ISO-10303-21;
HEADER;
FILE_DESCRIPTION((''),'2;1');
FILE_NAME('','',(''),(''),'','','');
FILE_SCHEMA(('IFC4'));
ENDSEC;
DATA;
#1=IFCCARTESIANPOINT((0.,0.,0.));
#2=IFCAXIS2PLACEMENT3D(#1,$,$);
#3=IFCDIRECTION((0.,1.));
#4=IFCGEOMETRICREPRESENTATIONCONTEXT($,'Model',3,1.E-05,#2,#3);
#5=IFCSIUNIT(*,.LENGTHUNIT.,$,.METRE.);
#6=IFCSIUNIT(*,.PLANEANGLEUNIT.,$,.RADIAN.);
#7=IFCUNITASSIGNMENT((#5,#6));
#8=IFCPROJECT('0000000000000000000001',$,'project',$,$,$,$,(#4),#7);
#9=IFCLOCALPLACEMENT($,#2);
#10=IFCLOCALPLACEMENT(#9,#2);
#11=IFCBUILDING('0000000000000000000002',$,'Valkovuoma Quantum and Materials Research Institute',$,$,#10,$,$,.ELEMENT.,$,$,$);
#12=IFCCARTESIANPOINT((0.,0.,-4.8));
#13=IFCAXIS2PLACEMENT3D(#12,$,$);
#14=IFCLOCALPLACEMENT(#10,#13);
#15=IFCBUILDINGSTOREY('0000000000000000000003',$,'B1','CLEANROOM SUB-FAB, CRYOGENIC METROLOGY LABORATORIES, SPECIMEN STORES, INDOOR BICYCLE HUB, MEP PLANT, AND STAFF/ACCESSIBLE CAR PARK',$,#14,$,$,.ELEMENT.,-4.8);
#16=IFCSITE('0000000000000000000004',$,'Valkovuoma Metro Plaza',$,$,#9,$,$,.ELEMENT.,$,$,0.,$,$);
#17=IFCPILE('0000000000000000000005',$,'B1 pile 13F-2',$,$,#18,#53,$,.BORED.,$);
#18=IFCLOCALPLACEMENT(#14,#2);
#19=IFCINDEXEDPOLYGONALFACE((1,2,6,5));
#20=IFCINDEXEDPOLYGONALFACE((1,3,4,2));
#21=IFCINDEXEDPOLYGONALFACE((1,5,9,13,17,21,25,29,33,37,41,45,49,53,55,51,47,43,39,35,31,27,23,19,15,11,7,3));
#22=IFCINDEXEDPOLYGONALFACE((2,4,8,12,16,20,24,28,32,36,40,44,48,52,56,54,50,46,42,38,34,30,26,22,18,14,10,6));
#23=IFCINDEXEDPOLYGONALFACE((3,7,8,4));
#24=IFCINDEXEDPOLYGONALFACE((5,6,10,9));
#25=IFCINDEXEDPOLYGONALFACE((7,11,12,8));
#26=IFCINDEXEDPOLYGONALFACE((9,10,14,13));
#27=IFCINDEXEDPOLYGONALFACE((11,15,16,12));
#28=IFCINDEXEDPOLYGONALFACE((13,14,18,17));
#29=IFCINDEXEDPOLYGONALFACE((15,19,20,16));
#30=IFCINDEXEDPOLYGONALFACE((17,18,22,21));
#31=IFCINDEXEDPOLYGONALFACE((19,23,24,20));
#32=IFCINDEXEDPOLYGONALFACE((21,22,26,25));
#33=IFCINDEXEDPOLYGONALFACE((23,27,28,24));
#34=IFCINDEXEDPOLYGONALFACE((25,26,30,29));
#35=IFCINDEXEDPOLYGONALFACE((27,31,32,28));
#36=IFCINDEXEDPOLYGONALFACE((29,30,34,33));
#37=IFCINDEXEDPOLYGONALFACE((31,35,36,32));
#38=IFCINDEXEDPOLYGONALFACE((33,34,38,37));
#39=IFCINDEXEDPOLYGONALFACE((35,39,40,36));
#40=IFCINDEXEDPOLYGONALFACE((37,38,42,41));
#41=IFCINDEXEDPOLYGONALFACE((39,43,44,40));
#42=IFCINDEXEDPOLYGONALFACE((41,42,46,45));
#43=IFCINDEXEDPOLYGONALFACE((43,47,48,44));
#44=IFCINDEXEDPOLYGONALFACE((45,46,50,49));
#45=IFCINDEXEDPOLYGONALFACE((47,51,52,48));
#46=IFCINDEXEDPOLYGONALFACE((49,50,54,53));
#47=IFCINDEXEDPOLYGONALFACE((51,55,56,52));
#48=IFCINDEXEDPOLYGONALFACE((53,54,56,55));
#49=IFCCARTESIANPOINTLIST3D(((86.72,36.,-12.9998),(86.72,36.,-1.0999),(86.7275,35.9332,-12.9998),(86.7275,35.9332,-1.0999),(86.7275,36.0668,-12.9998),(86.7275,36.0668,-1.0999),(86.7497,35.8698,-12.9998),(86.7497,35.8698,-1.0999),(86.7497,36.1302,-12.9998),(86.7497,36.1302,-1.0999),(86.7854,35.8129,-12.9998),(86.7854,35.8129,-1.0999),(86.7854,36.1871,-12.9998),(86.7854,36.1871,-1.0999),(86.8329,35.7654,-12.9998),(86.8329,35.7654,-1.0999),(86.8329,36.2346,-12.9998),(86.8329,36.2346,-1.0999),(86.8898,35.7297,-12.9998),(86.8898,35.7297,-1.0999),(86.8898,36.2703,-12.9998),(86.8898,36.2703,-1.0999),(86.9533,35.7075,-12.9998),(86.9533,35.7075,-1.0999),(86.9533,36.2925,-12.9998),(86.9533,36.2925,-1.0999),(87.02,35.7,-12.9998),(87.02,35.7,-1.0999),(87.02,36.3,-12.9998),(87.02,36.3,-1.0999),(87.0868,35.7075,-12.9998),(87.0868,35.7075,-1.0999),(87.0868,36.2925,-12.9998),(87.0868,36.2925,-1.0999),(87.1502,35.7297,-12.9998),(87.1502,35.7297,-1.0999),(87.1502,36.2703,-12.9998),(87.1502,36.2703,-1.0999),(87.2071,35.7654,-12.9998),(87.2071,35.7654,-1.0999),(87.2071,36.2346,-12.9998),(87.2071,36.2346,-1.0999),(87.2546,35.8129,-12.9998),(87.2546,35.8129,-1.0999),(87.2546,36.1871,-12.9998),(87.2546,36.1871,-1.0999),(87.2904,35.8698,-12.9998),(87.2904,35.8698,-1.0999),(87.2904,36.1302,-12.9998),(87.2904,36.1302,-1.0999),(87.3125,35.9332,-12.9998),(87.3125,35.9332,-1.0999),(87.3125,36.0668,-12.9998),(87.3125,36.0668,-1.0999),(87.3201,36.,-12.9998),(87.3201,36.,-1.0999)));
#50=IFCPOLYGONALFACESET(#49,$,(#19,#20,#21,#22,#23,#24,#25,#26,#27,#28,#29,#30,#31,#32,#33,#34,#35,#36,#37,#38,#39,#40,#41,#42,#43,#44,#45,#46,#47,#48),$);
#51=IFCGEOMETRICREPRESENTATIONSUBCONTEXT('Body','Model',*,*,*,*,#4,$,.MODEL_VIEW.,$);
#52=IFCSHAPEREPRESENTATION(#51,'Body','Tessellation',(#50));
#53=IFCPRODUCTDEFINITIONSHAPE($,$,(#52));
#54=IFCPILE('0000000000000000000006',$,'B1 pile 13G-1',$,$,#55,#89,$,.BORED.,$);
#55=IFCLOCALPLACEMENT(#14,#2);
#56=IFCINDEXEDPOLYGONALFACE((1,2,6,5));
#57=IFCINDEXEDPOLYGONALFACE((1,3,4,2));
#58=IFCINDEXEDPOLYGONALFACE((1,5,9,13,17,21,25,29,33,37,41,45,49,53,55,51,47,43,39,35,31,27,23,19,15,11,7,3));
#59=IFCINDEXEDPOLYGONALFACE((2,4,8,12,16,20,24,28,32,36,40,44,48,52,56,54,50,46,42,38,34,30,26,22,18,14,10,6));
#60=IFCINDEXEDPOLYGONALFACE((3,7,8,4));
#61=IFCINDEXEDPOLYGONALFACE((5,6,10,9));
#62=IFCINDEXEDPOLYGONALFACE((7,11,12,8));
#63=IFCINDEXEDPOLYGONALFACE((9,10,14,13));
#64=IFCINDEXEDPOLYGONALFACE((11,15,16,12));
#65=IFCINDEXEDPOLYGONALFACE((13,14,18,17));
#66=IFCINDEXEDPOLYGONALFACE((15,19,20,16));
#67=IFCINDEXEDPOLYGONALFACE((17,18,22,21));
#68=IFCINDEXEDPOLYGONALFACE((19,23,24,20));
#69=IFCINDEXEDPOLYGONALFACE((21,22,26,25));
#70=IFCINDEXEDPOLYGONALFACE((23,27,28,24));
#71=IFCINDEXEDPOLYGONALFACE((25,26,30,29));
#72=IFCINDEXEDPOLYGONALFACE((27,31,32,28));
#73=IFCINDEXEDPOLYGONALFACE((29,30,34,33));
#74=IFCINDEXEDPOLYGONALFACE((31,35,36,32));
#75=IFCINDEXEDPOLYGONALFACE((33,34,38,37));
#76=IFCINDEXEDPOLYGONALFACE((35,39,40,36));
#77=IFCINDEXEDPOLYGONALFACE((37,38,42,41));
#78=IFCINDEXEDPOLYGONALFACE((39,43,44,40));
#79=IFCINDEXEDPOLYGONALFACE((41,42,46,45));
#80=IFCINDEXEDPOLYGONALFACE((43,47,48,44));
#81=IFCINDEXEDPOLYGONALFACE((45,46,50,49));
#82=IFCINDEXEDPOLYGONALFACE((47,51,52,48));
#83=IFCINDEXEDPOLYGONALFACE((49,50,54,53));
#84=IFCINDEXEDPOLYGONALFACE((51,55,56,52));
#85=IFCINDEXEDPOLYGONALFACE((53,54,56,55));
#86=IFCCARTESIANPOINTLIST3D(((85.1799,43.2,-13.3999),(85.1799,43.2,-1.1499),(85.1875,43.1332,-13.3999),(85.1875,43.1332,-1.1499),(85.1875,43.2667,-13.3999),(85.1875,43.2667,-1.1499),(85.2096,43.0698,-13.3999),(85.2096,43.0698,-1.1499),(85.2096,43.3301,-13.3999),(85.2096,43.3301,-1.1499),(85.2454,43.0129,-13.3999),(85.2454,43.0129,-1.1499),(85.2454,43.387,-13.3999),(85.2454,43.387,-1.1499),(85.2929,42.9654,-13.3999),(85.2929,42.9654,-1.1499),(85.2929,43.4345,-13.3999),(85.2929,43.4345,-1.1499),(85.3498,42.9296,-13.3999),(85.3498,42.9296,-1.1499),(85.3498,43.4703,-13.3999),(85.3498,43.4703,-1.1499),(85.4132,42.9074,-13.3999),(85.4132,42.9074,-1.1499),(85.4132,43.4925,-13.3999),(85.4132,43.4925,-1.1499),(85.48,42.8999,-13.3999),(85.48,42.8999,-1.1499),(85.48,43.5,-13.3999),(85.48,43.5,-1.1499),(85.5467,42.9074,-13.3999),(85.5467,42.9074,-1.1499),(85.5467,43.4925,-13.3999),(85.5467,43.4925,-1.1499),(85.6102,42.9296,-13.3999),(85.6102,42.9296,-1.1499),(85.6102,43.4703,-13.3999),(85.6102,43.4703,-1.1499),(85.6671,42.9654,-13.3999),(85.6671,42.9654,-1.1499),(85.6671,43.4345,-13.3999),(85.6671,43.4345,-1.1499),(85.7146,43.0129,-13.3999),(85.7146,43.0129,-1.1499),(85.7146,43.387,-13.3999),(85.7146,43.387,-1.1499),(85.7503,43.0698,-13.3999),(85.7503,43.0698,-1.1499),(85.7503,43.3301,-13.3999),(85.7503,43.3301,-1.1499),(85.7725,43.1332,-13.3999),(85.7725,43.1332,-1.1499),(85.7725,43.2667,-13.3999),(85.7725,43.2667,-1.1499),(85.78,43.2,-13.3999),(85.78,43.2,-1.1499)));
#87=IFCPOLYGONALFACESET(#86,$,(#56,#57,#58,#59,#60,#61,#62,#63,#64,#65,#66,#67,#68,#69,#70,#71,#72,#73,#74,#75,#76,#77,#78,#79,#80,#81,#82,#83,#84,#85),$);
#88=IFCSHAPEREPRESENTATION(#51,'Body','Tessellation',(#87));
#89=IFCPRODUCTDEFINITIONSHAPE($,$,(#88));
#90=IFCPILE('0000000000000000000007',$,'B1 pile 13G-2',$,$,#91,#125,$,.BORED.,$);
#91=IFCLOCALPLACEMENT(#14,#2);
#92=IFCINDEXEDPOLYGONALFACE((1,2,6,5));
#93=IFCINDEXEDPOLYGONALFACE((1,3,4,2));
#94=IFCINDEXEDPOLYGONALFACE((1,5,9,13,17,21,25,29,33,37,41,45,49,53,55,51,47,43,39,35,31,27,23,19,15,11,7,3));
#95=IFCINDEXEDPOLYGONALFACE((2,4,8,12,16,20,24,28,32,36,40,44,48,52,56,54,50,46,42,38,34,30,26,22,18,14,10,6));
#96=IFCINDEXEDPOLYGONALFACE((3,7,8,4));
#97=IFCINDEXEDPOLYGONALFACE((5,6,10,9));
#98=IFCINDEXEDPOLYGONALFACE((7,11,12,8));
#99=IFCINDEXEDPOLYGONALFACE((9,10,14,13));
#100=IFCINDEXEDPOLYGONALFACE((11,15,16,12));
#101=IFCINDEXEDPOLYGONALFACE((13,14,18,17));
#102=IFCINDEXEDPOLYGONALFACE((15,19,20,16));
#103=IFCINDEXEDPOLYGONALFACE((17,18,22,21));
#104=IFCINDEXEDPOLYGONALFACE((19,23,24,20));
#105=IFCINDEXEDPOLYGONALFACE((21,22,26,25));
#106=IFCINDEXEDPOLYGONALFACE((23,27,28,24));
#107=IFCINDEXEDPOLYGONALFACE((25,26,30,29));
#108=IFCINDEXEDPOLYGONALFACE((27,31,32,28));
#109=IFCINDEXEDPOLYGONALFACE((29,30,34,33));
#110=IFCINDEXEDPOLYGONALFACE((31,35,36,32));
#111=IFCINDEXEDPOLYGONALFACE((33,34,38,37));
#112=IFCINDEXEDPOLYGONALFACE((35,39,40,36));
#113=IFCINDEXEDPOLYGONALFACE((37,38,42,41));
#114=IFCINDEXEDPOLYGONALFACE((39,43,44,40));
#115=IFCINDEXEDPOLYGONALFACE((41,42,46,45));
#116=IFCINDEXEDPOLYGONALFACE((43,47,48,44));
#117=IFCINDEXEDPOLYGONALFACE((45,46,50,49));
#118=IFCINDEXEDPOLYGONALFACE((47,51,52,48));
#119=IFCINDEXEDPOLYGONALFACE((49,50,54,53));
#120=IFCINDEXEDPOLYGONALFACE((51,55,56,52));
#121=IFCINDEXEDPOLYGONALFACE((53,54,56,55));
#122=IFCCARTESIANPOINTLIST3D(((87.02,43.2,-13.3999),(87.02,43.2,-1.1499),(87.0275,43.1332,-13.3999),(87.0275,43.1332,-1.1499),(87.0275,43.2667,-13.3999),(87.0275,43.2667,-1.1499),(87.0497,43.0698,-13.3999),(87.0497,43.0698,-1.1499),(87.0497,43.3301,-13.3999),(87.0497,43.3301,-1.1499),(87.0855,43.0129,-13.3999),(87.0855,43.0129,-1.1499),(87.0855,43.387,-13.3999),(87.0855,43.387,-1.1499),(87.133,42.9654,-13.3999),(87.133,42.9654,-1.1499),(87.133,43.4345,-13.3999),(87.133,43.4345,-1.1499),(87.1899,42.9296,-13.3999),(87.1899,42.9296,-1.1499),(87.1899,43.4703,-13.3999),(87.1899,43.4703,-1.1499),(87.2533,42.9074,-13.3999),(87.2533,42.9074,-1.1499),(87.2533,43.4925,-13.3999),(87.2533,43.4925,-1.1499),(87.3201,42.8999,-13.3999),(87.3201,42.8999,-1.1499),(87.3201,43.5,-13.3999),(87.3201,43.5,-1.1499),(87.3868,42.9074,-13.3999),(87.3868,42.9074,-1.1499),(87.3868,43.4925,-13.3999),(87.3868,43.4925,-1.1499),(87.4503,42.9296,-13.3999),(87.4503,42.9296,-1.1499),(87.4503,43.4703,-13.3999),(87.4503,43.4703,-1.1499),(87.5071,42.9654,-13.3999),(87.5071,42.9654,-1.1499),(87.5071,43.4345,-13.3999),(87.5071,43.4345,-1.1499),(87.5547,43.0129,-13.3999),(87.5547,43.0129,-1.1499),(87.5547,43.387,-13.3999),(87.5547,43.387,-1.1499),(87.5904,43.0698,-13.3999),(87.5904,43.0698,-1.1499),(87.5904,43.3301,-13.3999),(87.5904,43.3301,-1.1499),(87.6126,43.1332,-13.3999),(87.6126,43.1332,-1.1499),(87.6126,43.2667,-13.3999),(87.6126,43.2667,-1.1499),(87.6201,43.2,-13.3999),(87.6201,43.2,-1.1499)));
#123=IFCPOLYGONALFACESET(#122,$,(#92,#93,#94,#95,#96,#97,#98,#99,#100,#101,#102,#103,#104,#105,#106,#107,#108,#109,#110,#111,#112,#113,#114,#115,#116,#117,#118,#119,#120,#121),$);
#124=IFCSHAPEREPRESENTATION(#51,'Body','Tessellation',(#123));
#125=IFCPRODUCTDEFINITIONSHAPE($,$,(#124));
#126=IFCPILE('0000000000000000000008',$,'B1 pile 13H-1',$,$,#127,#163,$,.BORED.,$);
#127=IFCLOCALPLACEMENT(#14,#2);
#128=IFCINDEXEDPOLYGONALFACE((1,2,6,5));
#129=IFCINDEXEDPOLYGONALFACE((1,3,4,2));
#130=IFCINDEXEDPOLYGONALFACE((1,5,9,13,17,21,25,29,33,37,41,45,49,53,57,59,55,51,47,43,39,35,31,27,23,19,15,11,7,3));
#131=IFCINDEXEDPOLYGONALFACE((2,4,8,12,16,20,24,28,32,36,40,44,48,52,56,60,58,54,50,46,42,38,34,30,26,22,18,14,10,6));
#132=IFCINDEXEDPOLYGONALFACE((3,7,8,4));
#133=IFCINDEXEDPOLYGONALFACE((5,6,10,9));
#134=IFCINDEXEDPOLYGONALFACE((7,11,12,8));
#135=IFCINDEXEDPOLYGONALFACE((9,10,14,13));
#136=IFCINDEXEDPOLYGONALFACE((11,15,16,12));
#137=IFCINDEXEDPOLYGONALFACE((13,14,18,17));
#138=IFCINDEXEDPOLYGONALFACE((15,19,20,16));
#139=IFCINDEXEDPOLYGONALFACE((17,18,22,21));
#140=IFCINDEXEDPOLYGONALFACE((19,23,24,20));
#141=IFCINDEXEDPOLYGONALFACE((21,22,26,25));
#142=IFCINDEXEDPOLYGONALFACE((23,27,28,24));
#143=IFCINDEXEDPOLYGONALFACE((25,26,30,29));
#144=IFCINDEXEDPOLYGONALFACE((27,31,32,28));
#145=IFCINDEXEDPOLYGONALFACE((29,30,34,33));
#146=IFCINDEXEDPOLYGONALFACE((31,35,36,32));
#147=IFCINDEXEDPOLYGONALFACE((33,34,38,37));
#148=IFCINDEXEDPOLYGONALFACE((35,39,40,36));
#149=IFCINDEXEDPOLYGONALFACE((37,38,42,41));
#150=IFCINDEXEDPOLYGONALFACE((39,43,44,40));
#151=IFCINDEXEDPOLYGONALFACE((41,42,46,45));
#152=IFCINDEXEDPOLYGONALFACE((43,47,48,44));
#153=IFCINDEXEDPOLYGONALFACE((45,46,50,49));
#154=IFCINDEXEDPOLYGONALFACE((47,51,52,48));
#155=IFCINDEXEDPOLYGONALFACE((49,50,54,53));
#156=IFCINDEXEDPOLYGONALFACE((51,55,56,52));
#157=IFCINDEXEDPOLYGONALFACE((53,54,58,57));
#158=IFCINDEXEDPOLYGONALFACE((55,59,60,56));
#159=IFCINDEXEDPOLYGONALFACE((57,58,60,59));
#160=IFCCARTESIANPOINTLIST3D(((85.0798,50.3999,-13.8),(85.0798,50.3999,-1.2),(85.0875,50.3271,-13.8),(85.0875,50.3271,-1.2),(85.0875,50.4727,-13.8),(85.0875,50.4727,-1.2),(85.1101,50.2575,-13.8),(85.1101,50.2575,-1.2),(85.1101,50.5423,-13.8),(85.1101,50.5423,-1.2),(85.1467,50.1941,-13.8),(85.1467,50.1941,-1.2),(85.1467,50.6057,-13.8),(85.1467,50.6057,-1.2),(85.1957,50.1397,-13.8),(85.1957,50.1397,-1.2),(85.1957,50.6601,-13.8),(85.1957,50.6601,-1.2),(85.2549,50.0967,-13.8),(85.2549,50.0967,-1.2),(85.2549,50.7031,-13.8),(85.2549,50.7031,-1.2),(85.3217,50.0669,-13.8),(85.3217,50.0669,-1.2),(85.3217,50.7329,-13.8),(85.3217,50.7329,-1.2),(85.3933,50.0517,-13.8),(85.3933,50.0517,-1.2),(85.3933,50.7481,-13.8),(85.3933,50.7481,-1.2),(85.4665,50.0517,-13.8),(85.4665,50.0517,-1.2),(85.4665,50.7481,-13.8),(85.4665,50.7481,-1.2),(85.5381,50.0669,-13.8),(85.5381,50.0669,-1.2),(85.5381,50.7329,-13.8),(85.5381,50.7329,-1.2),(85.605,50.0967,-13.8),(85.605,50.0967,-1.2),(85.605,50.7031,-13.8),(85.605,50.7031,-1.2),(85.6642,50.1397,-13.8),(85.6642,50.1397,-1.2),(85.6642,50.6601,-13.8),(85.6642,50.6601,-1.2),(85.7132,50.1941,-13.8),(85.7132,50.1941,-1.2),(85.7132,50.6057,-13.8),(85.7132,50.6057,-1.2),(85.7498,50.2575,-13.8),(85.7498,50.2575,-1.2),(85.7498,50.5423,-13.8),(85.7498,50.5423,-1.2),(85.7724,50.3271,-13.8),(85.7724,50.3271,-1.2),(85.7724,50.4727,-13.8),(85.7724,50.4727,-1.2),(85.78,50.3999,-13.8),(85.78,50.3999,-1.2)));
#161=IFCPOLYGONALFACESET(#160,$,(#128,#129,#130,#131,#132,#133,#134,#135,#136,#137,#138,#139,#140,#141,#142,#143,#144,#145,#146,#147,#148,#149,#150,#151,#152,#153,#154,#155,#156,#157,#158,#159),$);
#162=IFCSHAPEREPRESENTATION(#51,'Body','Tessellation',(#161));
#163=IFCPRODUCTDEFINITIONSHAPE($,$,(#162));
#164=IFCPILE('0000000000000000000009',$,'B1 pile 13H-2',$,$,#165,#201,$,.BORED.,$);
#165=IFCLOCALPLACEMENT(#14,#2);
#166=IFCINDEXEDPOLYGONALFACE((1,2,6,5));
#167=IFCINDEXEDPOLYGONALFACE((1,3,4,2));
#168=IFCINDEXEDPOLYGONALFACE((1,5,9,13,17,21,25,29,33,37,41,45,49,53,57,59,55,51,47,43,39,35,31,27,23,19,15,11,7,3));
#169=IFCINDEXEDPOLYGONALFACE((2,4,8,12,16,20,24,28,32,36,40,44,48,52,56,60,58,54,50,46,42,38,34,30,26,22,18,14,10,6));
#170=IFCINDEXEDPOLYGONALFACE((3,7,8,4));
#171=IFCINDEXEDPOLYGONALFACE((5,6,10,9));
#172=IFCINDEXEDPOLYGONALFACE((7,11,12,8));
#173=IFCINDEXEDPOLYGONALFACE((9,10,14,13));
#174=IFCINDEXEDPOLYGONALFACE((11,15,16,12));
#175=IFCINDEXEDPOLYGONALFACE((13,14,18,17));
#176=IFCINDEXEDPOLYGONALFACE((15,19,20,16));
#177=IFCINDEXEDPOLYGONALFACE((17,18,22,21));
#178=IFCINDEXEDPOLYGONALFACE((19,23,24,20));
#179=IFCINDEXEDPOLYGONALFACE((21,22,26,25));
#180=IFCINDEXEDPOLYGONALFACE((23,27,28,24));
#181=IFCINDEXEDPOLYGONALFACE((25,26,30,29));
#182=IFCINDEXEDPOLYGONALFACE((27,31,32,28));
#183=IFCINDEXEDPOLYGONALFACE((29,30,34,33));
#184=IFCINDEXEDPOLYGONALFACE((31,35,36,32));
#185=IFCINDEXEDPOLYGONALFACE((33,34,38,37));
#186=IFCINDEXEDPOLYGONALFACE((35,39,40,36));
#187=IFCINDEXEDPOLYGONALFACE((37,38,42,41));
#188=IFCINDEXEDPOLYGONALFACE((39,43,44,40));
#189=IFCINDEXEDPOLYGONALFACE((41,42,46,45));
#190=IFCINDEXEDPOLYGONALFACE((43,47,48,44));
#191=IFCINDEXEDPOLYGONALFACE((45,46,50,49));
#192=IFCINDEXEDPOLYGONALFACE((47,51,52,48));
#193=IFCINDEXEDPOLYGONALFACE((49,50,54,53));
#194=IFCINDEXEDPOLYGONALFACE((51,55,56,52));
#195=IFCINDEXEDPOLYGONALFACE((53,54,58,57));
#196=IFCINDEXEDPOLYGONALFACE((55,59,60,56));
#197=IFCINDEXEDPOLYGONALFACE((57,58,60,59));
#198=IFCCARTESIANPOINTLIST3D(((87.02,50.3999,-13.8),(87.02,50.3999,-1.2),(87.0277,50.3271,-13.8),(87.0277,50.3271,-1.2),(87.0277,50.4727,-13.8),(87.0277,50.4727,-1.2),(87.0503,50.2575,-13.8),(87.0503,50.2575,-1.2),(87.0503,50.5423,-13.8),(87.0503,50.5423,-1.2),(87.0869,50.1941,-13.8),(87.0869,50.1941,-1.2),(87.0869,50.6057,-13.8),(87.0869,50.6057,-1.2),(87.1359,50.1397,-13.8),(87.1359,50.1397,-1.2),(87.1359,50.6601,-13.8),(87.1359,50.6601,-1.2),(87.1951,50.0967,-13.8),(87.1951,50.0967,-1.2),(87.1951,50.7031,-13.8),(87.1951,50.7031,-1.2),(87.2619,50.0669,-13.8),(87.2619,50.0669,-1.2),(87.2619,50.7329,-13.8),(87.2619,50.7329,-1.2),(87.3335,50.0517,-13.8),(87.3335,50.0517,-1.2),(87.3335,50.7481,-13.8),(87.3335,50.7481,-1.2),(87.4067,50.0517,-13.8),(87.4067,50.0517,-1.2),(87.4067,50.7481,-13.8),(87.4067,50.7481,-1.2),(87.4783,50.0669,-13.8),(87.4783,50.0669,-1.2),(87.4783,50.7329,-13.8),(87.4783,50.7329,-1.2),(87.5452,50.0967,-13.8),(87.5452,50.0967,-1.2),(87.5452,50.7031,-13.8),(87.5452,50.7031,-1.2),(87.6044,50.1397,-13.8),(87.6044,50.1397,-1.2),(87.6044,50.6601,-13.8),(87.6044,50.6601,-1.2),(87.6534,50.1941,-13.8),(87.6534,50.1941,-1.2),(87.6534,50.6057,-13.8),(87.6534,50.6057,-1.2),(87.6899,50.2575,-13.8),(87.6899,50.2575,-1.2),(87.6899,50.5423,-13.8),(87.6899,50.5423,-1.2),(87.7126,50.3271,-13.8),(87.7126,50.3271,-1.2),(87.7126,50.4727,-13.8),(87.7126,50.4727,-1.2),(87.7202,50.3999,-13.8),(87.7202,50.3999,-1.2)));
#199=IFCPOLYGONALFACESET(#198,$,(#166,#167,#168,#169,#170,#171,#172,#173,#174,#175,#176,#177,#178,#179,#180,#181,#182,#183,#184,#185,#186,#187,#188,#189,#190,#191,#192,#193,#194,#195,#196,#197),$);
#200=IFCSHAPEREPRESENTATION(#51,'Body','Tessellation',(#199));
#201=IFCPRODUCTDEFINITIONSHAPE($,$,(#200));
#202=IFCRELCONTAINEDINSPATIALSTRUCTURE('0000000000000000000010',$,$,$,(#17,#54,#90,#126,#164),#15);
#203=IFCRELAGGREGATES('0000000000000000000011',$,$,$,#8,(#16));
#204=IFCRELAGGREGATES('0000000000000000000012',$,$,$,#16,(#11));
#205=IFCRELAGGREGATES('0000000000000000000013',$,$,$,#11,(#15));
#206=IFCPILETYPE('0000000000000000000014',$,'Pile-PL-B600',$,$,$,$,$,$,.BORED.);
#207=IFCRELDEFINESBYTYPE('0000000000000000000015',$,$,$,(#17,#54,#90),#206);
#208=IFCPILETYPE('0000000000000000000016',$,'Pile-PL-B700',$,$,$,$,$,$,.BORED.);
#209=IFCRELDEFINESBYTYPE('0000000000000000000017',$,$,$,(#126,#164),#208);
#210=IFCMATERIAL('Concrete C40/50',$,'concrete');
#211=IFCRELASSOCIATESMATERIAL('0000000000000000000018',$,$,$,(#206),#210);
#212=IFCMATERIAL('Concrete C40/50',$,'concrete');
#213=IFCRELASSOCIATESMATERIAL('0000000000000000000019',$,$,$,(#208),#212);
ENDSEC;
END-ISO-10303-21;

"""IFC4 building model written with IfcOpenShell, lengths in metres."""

from ifc_helpers import new_model, si_unit, direction, frame, origin, origin_2d, place, context, subcontext, project, spatial, circle, extrude, material, material_profile, profile_set, type_object, element, save


model = new_model("IFC4")

# Units and contexts
model_context = context("Model", 3, precision=1e-05, world=origin(), true_north=direction((0.0, 1.0)))
body_context = subcontext(model_context, "Body", "Model", "MODEL_VIEW")
ifc_project = project(units=[si_unit("LENGTHUNIT", "METRE"), si_unit("PLANEANGLEUNIT", "RADIAN")], contexts=[model_context])

# Site, building, storey
site_placement = place(None, origin())
site = spatial("IfcSite", under=ifc_project, at=site_placement, Name="Valkovuoma Metro Plaza", CompositionType="ELEMENT", RefElevation=0.0)
building_placement = place(site_placement, origin())
building = spatial("IfcBuilding", under=site, at=building_placement, Name="Valkovuoma Quantum and Materials Research Institute", CompositionType="ELEMENT")
storey_placement = place(building_placement, frame((0.0, 0.0, -4.8)))
storey = spatial("IfcBuildingStorey", under=building, at=storey_placement, Name="B1", Description="CLEANROOM SUB-FAB, CRYOGENIC METROLOGY LABORATORIES, SPECIMEN STORES, INDOOR BICYCLE HUB, MEP PLANT, AND STAFF/ACCESSIBLE CAR PARK", CompositionType="ELEMENT", Elevation=-4.8)

# Piles
ifc_material_1 = material(Name="Concrete C40/50", Category="concrete")
ifc_material_profile_1 = material_profile(ifc_material_1, circle(Radius=0.3, at=origin_2d()), Name="Concrete C40/50")
ifc_profile_set_1 = profile_set([ifc_material_profile_1], Name="Concrete C40/50")
pile_type_1 = type_object("IfcPileType", Name="Pile-PL-B600", PredefinedType="BORED", material=ifc_profile_set_1)
pile_1_placement = place(storey_placement, frame((87.02, 36.0, -1.0999), z_axis=(0.0, 0.0, -1.0), x_axis=(1.0, 0.0, 0.0)))
element("IfcPile", 1, at=pile_1_placement, inside=storey, type_object=pile_type_1, Name="B1 pile 13F-2", PredefinedType="BORED", context=body_context, shape_type="SweptSolid", body=[
    extrude(circle(Radius=0.3, at=origin_2d()), origin(), (0.0, 0.0, 1.0), 11.8999),
])
for number, where, z_axis, x_axis, name in (
    (2, (85.48, 43.2, -1.1499), (0.0, 0.0, -1.0), (1.0, 0.0, 0.0), "B1 pile 13G-1"),
    (3, (87.3201, 43.2, -1.1499), (0.0, 0.0, -1.0), (1.0, 0.0, 0.0), "B1 pile 13G-2"),
):
    element("IfcPile", number, at=place(storey_placement, frame(where, z_axis=z_axis, x_axis=x_axis)), inside=storey, type_object=pile_type_1, Name=name, PredefinedType="BORED", context=body_context, shape_type="SweptSolid", body=[
        extrude(circle(Radius=0.3, at=origin_2d()), origin(), (0.0, 0.0, 1.0), 12.25),
    ])
ifc_material_2 = material(Name="Concrete C40/50", Category="concrete")
ifc_material_profile_2 = material_profile(ifc_material_2, circle(Radius=0.3501, at=origin_2d()), Name="Concrete C40/50")
ifc_profile_set_2 = profile_set([ifc_material_profile_2], Name="Concrete C40/50")
pile_type_2 = type_object("IfcPileType", Name="Pile-PL-B700", PredefinedType="BORED", material=ifc_profile_set_2)
for number, where, z_axis, x_axis, name in (
    (4, (85.4299, 50.3999, -1.2), (0.0, 0.0, -1.0), (1.0, 0.0, 0.0), "B1 pile 13H-1"),
    (5, (87.3701, 50.3999, -1.2), (0.0, 0.0, -1.0), (1.0, 0.0, 0.0), "B1 pile 13H-2"),
):
    element("IfcPile", number, at=place(storey_placement, frame(where, z_axis=z_axis, x_axis=x_axis)), inside=storey, type_object=pile_type_2, Name=name, PredefinedType="BORED", context=body_context, shape_type="SweptSolid", body=[
        extrude(circle(Radius=0.3501, at=origin_2d()), origin(), (0.0, 0.0, 1.0), 12.6001),
    ])

save(model, "model.ifc")
